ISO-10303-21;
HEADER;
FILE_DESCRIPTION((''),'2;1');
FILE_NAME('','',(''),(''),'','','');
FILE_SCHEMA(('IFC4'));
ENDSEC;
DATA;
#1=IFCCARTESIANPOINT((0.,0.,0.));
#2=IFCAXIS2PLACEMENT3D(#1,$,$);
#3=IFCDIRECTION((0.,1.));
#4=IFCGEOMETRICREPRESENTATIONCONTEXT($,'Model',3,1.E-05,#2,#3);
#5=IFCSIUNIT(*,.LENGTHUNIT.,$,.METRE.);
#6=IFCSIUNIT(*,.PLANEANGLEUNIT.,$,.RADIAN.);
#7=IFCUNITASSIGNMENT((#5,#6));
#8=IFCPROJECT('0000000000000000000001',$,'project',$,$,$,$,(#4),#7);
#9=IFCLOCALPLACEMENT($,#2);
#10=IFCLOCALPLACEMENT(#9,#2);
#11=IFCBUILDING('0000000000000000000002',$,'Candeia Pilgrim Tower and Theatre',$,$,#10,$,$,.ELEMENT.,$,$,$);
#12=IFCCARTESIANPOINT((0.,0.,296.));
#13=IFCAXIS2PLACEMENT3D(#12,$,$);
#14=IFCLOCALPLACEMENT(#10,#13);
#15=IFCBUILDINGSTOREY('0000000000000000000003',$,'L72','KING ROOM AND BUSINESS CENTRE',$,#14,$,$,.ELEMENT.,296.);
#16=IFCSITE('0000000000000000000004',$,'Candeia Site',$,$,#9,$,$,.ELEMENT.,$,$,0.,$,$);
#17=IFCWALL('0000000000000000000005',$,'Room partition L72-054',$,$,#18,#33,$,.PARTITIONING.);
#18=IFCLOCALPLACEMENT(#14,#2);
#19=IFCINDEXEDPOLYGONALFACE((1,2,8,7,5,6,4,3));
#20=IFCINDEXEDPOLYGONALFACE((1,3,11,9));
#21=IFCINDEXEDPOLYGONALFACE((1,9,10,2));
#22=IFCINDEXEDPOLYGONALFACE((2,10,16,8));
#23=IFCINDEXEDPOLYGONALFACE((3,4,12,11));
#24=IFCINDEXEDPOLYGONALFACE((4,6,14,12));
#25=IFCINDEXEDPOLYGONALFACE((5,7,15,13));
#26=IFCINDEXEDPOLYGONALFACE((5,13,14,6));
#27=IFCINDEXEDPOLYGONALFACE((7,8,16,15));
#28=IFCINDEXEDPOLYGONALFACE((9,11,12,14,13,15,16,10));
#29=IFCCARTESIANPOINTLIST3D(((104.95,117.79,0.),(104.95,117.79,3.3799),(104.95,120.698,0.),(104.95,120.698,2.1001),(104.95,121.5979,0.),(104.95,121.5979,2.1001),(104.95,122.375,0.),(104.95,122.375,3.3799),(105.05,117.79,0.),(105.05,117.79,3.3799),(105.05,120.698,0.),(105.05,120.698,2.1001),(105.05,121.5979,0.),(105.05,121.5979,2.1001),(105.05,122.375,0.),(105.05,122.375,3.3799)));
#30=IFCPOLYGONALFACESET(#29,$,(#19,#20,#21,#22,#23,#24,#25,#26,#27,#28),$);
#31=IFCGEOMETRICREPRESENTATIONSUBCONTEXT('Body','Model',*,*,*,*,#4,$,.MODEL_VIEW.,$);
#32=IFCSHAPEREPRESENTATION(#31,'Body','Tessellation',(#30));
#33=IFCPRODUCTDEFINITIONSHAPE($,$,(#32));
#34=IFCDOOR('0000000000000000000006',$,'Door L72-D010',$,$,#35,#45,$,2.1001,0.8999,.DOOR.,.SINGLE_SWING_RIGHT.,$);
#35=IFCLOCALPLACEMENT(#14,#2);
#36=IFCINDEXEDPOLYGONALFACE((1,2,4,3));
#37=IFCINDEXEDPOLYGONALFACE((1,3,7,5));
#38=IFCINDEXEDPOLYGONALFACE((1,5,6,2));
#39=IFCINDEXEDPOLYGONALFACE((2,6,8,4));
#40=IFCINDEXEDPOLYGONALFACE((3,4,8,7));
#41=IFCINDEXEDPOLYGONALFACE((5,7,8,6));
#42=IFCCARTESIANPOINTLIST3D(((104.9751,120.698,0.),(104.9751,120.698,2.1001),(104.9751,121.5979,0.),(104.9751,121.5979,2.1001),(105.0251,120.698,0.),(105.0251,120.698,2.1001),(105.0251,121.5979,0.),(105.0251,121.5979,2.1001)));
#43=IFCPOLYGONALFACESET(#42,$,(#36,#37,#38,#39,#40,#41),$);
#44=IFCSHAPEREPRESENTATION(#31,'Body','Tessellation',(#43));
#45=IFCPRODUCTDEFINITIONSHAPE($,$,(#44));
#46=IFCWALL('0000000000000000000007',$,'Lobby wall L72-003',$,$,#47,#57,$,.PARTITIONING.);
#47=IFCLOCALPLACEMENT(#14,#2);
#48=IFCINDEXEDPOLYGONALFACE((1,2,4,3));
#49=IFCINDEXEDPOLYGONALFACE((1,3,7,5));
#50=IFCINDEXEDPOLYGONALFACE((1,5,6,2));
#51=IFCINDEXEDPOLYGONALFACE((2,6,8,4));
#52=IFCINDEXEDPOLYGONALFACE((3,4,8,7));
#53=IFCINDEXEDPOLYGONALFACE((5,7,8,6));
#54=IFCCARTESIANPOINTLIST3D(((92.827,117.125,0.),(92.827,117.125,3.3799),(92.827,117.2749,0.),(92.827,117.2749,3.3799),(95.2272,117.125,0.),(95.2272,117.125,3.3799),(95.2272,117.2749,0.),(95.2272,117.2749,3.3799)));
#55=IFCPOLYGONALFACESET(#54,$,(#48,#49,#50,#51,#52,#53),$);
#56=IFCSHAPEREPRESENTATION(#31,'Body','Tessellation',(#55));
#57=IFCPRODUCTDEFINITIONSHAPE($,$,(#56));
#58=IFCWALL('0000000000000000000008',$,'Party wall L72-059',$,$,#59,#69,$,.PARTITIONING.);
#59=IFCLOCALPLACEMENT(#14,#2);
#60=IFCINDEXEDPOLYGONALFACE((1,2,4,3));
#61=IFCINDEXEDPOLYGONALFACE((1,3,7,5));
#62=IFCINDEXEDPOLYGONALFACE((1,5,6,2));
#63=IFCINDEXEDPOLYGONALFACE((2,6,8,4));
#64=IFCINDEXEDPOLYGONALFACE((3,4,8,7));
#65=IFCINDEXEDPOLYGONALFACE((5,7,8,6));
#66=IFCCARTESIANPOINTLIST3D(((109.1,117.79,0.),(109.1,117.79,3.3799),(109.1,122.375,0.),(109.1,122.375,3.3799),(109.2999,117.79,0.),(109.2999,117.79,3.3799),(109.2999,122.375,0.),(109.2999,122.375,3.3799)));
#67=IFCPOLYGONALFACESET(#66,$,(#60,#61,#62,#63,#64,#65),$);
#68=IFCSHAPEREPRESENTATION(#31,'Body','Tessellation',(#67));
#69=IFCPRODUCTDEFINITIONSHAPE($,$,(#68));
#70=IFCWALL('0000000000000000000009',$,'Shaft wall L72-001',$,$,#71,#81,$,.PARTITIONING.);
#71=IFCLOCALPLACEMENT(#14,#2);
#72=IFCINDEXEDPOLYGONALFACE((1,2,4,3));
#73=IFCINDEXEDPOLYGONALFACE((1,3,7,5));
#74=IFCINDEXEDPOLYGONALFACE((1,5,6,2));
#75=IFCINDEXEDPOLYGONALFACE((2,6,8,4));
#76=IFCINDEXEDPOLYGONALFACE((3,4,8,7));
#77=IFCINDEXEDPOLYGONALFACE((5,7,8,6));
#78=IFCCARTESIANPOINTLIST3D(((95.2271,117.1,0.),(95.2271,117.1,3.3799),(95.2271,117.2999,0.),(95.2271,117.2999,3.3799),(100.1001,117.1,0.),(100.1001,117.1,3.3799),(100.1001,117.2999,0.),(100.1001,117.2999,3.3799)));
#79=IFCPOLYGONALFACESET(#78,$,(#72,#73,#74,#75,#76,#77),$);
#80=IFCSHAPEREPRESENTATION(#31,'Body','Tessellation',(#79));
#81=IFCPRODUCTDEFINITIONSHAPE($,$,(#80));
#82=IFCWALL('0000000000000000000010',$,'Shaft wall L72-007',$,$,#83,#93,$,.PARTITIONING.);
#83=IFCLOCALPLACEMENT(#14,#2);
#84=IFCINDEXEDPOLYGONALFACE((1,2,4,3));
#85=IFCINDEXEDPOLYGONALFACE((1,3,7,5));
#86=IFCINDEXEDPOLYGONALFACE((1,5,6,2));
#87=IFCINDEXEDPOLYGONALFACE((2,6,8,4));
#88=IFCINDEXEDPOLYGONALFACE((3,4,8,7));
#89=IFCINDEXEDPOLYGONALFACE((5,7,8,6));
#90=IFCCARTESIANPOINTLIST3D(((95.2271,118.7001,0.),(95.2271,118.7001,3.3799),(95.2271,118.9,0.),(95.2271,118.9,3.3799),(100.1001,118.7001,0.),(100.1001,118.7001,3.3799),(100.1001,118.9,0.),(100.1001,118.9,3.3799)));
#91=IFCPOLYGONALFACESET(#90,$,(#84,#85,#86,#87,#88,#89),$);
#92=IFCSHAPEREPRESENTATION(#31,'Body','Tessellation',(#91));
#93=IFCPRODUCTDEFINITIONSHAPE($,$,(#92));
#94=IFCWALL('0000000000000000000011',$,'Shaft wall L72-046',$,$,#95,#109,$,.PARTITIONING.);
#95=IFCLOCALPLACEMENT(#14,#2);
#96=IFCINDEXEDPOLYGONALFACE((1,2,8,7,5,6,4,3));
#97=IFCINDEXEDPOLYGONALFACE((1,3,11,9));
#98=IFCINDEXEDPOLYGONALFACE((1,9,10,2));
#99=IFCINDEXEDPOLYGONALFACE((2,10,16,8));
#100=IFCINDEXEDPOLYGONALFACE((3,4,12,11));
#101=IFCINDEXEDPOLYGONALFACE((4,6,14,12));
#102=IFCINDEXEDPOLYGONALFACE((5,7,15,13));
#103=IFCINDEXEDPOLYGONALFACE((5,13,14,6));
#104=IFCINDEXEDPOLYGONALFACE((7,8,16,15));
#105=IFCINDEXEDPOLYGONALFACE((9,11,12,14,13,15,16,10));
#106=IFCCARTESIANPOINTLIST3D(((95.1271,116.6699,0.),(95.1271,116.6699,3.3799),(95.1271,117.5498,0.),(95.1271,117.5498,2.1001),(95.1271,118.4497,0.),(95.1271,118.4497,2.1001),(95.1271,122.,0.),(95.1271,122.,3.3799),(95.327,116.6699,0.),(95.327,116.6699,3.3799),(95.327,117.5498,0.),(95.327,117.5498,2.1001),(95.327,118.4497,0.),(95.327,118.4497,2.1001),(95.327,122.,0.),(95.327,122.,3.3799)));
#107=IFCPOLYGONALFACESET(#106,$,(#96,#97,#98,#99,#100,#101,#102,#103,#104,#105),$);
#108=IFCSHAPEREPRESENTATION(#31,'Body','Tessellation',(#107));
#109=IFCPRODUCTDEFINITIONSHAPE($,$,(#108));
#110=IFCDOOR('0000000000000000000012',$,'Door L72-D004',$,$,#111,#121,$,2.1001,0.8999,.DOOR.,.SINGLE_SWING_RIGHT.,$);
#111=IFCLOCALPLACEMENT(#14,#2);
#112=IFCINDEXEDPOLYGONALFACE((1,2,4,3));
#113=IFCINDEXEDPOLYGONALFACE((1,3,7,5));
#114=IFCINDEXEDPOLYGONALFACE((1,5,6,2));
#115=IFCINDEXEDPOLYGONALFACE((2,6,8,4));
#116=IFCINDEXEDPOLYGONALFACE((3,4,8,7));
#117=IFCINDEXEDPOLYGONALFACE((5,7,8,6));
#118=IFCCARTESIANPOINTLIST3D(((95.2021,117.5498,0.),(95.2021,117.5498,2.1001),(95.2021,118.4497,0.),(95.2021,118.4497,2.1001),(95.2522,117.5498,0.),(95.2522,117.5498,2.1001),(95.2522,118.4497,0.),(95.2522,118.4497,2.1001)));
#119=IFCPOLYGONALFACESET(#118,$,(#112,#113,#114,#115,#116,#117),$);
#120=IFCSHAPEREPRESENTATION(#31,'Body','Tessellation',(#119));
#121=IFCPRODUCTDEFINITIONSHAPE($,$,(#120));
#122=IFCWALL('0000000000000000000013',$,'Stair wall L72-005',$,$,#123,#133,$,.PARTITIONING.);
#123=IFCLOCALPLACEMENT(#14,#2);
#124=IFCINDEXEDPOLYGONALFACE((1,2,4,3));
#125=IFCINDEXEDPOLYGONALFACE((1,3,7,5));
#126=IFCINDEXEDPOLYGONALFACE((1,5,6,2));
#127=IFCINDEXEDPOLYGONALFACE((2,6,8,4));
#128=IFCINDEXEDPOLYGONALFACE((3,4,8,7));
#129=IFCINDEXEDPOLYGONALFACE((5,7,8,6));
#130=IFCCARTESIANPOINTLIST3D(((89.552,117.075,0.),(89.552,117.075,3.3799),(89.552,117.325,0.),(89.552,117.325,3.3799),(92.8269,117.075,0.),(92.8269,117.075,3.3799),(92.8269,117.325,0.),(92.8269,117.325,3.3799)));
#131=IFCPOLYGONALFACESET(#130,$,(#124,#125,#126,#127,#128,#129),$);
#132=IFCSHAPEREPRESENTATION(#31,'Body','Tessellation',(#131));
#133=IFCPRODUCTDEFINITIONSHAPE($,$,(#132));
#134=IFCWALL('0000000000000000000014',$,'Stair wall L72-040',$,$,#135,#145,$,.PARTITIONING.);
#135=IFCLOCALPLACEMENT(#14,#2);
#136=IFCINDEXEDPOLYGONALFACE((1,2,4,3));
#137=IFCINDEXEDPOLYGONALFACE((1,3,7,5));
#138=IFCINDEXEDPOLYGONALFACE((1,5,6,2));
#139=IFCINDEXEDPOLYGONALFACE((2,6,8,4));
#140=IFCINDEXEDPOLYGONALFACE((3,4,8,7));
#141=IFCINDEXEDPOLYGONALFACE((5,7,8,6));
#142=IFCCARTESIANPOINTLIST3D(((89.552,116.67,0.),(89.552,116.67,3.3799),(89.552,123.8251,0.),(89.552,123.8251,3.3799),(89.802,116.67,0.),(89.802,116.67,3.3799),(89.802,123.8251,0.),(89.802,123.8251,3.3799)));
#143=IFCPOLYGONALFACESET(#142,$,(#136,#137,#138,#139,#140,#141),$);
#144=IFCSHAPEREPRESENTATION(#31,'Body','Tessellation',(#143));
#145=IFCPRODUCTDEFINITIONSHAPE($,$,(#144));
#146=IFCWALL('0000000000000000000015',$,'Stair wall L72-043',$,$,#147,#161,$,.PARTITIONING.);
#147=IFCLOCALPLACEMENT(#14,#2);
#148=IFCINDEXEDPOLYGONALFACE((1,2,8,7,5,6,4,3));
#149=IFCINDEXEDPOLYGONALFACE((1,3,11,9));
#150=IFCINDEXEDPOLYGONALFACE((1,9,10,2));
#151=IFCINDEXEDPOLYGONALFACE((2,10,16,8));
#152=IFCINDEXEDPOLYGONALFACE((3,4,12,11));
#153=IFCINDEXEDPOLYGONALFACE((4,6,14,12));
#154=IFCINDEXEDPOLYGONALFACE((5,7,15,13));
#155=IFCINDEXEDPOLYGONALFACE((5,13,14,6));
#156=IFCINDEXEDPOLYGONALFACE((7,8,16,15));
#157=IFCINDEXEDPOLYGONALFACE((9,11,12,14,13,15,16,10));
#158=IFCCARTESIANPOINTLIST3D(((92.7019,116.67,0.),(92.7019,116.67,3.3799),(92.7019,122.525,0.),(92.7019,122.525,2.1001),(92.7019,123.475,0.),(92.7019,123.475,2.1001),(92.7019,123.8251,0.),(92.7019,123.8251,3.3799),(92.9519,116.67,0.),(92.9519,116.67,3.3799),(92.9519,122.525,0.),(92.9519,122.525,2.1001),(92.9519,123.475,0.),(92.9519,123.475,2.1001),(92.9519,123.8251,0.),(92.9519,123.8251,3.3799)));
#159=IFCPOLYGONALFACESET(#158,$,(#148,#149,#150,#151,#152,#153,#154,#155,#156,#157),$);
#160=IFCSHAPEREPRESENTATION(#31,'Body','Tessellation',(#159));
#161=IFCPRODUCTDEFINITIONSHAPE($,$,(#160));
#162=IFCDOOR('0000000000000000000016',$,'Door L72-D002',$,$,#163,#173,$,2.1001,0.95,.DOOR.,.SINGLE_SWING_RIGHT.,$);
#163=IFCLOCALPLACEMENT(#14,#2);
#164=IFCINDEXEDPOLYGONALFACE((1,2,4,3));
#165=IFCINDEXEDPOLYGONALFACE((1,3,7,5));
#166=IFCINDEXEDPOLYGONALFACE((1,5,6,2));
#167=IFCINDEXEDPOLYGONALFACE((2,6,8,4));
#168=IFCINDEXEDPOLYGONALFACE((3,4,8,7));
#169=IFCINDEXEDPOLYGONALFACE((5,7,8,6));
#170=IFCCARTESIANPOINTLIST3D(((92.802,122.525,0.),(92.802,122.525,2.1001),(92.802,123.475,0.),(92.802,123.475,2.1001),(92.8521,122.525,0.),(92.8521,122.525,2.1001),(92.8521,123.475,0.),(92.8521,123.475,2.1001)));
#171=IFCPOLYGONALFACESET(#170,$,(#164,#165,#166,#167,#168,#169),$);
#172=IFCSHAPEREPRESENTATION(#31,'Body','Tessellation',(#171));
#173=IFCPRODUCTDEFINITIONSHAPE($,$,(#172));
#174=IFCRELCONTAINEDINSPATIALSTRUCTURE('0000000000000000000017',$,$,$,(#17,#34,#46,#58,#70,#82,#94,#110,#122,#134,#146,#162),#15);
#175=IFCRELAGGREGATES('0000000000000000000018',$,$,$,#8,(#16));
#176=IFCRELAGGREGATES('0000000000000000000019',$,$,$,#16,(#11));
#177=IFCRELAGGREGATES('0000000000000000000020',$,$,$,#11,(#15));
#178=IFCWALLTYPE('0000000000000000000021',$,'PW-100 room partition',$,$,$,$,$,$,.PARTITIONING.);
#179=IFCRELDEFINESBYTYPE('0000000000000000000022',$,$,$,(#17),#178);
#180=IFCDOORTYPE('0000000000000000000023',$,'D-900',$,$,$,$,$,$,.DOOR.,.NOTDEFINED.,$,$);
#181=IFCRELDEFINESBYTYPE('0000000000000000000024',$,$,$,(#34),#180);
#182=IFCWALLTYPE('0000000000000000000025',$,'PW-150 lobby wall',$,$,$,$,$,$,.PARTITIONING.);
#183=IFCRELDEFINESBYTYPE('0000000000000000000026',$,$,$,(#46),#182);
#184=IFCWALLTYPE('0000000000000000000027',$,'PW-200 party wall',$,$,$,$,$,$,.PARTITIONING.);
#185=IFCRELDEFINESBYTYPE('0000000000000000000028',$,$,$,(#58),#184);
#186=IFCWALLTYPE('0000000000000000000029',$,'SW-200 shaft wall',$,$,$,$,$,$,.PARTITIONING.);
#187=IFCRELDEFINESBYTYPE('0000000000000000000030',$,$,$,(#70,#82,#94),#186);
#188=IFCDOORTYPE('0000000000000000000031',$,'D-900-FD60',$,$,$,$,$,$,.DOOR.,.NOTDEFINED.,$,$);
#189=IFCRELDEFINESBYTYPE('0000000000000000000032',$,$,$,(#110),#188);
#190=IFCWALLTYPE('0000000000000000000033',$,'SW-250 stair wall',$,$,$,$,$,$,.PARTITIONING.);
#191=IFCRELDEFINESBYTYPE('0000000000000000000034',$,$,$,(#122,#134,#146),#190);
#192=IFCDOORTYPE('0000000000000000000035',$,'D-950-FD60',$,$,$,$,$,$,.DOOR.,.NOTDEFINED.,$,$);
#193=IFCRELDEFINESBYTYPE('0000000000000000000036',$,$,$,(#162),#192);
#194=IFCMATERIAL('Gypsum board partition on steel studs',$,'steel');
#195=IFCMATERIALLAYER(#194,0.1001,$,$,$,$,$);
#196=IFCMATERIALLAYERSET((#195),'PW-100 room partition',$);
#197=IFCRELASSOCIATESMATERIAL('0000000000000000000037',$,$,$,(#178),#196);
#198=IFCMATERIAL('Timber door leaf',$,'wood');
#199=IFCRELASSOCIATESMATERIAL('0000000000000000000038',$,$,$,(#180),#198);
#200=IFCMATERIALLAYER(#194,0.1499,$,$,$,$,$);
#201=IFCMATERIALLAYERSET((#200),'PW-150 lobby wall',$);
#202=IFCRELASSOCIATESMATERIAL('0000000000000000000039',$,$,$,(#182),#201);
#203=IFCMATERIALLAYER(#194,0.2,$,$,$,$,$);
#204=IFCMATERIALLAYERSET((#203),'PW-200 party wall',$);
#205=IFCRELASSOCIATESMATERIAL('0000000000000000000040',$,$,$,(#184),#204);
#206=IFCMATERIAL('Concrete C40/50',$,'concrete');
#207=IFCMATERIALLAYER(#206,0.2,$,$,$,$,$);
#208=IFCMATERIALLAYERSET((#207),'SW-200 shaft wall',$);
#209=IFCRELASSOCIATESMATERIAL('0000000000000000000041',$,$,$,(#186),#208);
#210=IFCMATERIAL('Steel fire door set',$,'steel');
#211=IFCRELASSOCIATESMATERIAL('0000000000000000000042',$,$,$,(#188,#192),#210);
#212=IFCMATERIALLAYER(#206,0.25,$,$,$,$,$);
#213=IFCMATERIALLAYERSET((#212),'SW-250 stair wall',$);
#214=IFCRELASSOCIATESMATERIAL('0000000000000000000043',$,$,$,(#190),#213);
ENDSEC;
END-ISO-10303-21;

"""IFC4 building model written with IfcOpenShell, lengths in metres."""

from ifc_helpers import new_model, si_unit, direction, frame, frame_2d, origin, place, context, subcontext, project, spatial, rectangle, extrude, material, layer, layer_set, type_object, element, fill, save


model = new_model("IFC4")

# Units and contexts
model_context = context("Model", 3, precision=1e-05, world=origin(), true_north=direction((0.0, 1.0)))
body_context = subcontext(model_context, "Body", "Model", "MODEL_VIEW")
ifc_project = project(units=[si_unit("LENGTHUNIT", "METRE"), si_unit("PLANEANGLEUNIT", "RADIAN")], contexts=[model_context])

# Site, building, storey
site_placement = place(None, origin())
site = spatial("IfcSite", under=ifc_project, at=site_placement, Name="Candeia Site", CompositionType="ELEMENT", RefElevation=0.0)
building_placement = place(site_placement, origin())
building = spatial("IfcBuilding", under=site, at=building_placement, Name="Candeia Pilgrim Tower and Theatre", CompositionType="ELEMENT")
storey_placement = place(building_placement, frame((0.0, 0.0, 296.0)))
storey = spatial("IfcBuildingStorey", under=building, at=storey_placement, Name="L72", Description="KING ROOM AND BUSINESS CENTRE", CompositionType="ELEMENT", Elevation=296.0)

# Shared definitions
ifc_material_1 = material(Name="Concrete C40/50", Category="concrete")

# Wall, opening, door
ifc_material_2 = material(Name="Gypsum board partition on steel studs", Category="steel")
ifc_layer_1 = layer(ifc_material_2, 0.1001)
ifc_layer_set_1 = layer_set([ifc_layer_1], Name="PW-100 room partition")
wall_type_1 = type_object("IfcWallType", Name="PW-100 room partition", PredefinedType="PARTITIONING", material=ifc_layer_set_1)
wall_1_placement = place(storey_placement, frame((105.0, 117.79, 0.0), z_axis=(0.0, 0.0, 1.0), x_axis=(0.0, 1.0, 0.0)))
wall_1 = element("IfcWall", 1, at=wall_1_placement, inside=storey, type_object=wall_type_1, Name="Room partition L72-054", PredefinedType="PARTITIONING", context=body_context, shape_type="SweptSolid", body=[
    extrude(rectangle(XDim=4.585, YDim=0.1001, at=frame_2d((2.2925, 0.0))), origin(), (0.0, 0.0, 1.0), 3.3799),
])
opening_1_placement = place(wall_1_placement, frame((2.908, 0.0, 0.0)))
opening_1 = element("IfcOpeningElement", 2, at=opening_1_placement, cuts=wall_1, PredefinedType="OPENING", context=body_context, shape_type="SweptSolid", body=[
    extrude(rectangle(XDim=0.8999, YDim=2.1001, at=frame_2d((0.45, 1.05))), frame((0.0, 0.0601, 0.0), z_axis=(0.0, -1.0, 0.0), x_axis=(1.0, 0.0, 0.0)), (0.0, 0.0, 1.0), 0.1201),
])
ifc_material_3 = material(Name="Timber door leaf", Category="wood")
door_type_1 = type_object("IfcDoorType", Name="D-900", OperationType="NOTDEFINED", PredefinedType="DOOR", material=ifc_material_3)
door_1_placement = place(opening_1_placement, origin())
door_1 = element("IfcDoor", 3, at=door_1_placement, inside=storey, type_object=door_type_1, Name="Door L72-D010", OperationType="SINGLE_SWING_RIGHT", OverallHeight=2.1001, OverallWidth=0.8999, PredefinedType="DOOR", context=body_context, shape_type="SweptSolid", body=[
    extrude(rectangle(XDim=0.8999, YDim=2.1001, at=frame_2d((0.45, 1.05))), frame((0.0, 0.0249, 0.0), z_axis=(0.0, -1.0, 0.0), x_axis=(1.0, 0.0, 0.0)), (0.0, 0.0, 1.0), 0.05),
])
fill(opening_1, door_1)

# Walls
ifc_layer_2 = layer(ifc_material_2, 0.1499)
ifc_layer_set_2 = layer_set([ifc_layer_2], Name="PW-150 lobby wall")
wall_type_2 = type_object("IfcWallType", Name="PW-150 lobby wall", PredefinedType="PARTITIONING", material=ifc_layer_set_2)
wall_2_placement = place(storey_placement, frame((92.8269, 117.2, 0.0), z_axis=(0.0, 0.0, 1.0), x_axis=(1.0, 0.0, 0.0)))
element("IfcWall", 4, at=wall_2_placement, inside=storey, type_object=wall_type_2, Name="Lobby wall L72-003", PredefinedType="PARTITIONING", context=body_context, shape_type="SweptSolid", body=[
    extrude(rectangle(XDim=2.4001, YDim=0.1499, at=frame_2d((1.2002, 0.0))), origin(), (0.0, 0.0, 1.0), 3.3799),
])
ifc_layer_3 = layer(ifc_material_2, 0.2)
ifc_layer_set_3 = layer_set([ifc_layer_3], Name="PW-200 party wall")
wall_type_3 = type_object("IfcWallType", Name="PW-200 party wall", PredefinedType="PARTITIONING", material=ifc_layer_set_3)
wall_3_placement = place(storey_placement, frame((109.2, 117.79, 0.0), z_axis=(0.0, 0.0, 1.0), x_axis=(0.0, 1.0, 0.0)))
element("IfcWall", 5, at=wall_3_placement, inside=storey, type_object=wall_type_3, Name="Party wall L72-059", PredefinedType="PARTITIONING", context=body_context, shape_type="SweptSolid", body=[
    extrude(rectangle(XDim=4.585, YDim=0.2, at=frame_2d((2.2925, 0.0))), origin(), (0.0, 0.0, 1.0), 3.3799),
])
ifc_layer_4 = layer(ifc_material_1, 0.2)
ifc_layer_set_4 = layer_set([ifc_layer_4], Name="SW-200 shaft wall")
wall_type_4 = type_object("IfcWallType", Name="SW-200 shaft wall", PredefinedType="PARTITIONING", material=ifc_layer_set_4)
for number, where, z_axis, x_axis, name in (
    (6, (95.2271, 117.2, 0.0), (0.0, 0.0, 1.0), (1.0, 0.0, 0.0), "Shaft wall L72-001"),
    (7, (95.2271, 118.8, 0.0), (0.0, 0.0, 1.0), (1.0, 0.0, 0.0), "Shaft wall L72-007"),
):
    element("IfcWall", number, at=place(storey_placement, frame(where, z_axis=z_axis, x_axis=x_axis)), inside=storey, type_object=wall_type_4, Name=name, PredefinedType="PARTITIONING", context=body_context, shape_type="SweptSolid", body=[
        extrude(rectangle(XDim=4.873, YDim=0.2, at=frame_2d((2.4365, 0.0))), origin(), (0.0, 0.0, 1.0), 3.3799),
    ])

# Wall, opening, door
wall_4_placement = place(storey_placement, frame((95.2271, 116.6699, 0.0), z_axis=(0.0, 0.0, 1.0), x_axis=(0.0, 1.0, 0.0)))
wall_4 = element("IfcWall", 8, at=wall_4_placement, inside=storey, type_object=wall_type_4, Name="Shaft wall L72-046", PredefinedType="PARTITIONING", context=body_context, shape_type="SweptSolid", body=[
    extrude(rectangle(XDim=5.3301, YDim=0.2, at=frame_2d((2.665, 0.0))), origin(), (0.0, 0.0, 1.0), 3.3799),
])
opening_2_placement = place(wall_4_placement, frame((0.8799, 0.0, 0.0)))
opening_2 = element("IfcOpeningElement", 9, at=opening_2_placement, cuts=wall_4, PredefinedType="OPENING", context=body_context, shape_type="SweptSolid", body=[
    extrude(rectangle(XDim=0.8999, YDim=2.1001, at=frame_2d((0.45, 1.05))), frame((0.0, 0.1099, 0.0), z_axis=(0.0, -1.0, 0.0), x_axis=(1.0, 0.0, 0.0)), (0.0, 0.0, 1.0), 0.22),
])
ifc_material_4 = material(Name="Steel fire door set", Category="steel")
door_type_2 = type_object("IfcDoorType", Name="D-900-FD60", OperationType="NOTDEFINED", PredefinedType="DOOR", material=ifc_material_4)
door_2_placement = place(opening_2_placement, origin())
door_2 = element("IfcDoor", 10, at=door_2_placement, inside=storey, type_object=door_type_2, Name="Door L72-D004", OperationType="SINGLE_SWING_RIGHT", OverallHeight=2.1001, OverallWidth=0.8999, PredefinedType="DOOR", context=body_context, shape_type="SweptSolid", body=[
    extrude(rectangle(XDim=0.8999, YDim=2.1001, at=frame_2d((0.45, 1.05))), frame((0.0, 0.0249, 0.0), z_axis=(0.0, -1.0, 0.0), x_axis=(1.0, 0.0, 0.0)), (0.0, 0.0, 1.0), 0.05),
])
fill(opening_2, door_2)

# Walls
ifc_layer_5 = layer(ifc_material_1, 0.25)
ifc_layer_set_5 = layer_set([ifc_layer_5], Name="SW-250 stair wall")
wall_type_5 = type_object("IfcWallType", Name="SW-250 stair wall", PredefinedType="PARTITIONING", material=ifc_layer_set_5)
wall_5_placement = place(storey_placement, frame((89.552, 117.2, 0.0), z_axis=(0.0, 0.0, 1.0), x_axis=(1.0, 0.0, 0.0)))
element("IfcWall", 11, at=wall_5_placement, inside=storey, type_object=wall_type_5, Name="Stair wall L72-005", PredefinedType="PARTITIONING", context=body_context, shape_type="SweptSolid", body=[
    extrude(rectangle(XDim=3.2749, YDim=0.25, at=frame_2d((1.6375, 0.0))), origin(), (0.0, 0.0, 1.0), 3.3799),
])
wall_6_placement = place(storey_placement, frame((89.677, 116.6699, 0.0), z_axis=(0.0, 0.0, 1.0), x_axis=(0.0, 1.0, 0.0)))
element("IfcWall", 12, at=wall_6_placement, inside=storey, type_object=wall_type_5, Name="Stair wall L72-040", PredefinedType="PARTITIONING", context=body_context, shape_type="SweptSolid", body=[
    extrude(rectangle(XDim=7.155, YDim=0.25, at=frame_2d((3.5776, 0.0))), origin(), (0.0, 0.0, 1.0), 3.3799),
])

# Wall, opening, door
wall_7_placement = place(storey_placement, frame((92.8269, 116.6699, 0.0), z_axis=(0.0, 0.0, 1.0), x_axis=(0.0, 1.0, 0.0)))
wall_7 = element("IfcWall", 13, at=wall_7_placement, inside=storey, type_object=wall_type_5, Name="Stair wall L72-043", PredefinedType="PARTITIONING", context=body_context, shape_type="SweptSolid", body=[
    extrude(rectangle(XDim=7.155, YDim=0.25, at=frame_2d((3.5776, 0.0))), origin(), (0.0, 0.0, 1.0), 3.3799),
])
opening_3_placement = place(wall_7_placement, frame((5.855, 0.0, 0.0)))
opening_3 = element("IfcOpeningElement", 14, at=opening_3_placement, cuts=wall_7, PredefinedType="OPENING", context=body_context, shape_type="SweptSolid", body=[
    extrude(rectangle(XDim=0.95, YDim=2.1001, at=frame_2d((0.4751, 1.05))), frame((0.0, 0.135, 0.0), z_axis=(0.0, -1.0, 0.0), x_axis=(1.0, 0.0, 0.0)), (0.0, 0.0, 1.0), 0.27),
])
door_type_3 = type_object("IfcDoorType", Name="D-950-FD60", OperationType="NOTDEFINED", PredefinedType="DOOR", material=ifc_material_4)
door_3_placement = place(opening_3_placement, origin())
door_3 = element("IfcDoor", 15, at=door_3_placement, inside=storey, type_object=door_type_3, Name="Door L72-D002", OperationType="SINGLE_SWING_RIGHT", OverallHeight=2.1001, OverallWidth=0.95, PredefinedType="DOOR", context=body_context, shape_type="SweptSolid", body=[
    extrude(rectangle(XDim=0.95, YDim=2.1001, at=frame_2d((0.4751, 1.05))), frame((0.0, 0.0249, 0.0), z_axis=(0.0, -1.0, 0.0), x_axis=(1.0, 0.0, 0.0)), (0.0, 0.0, 1.0), 0.05),
])
fill(opening_3, door_3)

save(model, "model.ifc")
